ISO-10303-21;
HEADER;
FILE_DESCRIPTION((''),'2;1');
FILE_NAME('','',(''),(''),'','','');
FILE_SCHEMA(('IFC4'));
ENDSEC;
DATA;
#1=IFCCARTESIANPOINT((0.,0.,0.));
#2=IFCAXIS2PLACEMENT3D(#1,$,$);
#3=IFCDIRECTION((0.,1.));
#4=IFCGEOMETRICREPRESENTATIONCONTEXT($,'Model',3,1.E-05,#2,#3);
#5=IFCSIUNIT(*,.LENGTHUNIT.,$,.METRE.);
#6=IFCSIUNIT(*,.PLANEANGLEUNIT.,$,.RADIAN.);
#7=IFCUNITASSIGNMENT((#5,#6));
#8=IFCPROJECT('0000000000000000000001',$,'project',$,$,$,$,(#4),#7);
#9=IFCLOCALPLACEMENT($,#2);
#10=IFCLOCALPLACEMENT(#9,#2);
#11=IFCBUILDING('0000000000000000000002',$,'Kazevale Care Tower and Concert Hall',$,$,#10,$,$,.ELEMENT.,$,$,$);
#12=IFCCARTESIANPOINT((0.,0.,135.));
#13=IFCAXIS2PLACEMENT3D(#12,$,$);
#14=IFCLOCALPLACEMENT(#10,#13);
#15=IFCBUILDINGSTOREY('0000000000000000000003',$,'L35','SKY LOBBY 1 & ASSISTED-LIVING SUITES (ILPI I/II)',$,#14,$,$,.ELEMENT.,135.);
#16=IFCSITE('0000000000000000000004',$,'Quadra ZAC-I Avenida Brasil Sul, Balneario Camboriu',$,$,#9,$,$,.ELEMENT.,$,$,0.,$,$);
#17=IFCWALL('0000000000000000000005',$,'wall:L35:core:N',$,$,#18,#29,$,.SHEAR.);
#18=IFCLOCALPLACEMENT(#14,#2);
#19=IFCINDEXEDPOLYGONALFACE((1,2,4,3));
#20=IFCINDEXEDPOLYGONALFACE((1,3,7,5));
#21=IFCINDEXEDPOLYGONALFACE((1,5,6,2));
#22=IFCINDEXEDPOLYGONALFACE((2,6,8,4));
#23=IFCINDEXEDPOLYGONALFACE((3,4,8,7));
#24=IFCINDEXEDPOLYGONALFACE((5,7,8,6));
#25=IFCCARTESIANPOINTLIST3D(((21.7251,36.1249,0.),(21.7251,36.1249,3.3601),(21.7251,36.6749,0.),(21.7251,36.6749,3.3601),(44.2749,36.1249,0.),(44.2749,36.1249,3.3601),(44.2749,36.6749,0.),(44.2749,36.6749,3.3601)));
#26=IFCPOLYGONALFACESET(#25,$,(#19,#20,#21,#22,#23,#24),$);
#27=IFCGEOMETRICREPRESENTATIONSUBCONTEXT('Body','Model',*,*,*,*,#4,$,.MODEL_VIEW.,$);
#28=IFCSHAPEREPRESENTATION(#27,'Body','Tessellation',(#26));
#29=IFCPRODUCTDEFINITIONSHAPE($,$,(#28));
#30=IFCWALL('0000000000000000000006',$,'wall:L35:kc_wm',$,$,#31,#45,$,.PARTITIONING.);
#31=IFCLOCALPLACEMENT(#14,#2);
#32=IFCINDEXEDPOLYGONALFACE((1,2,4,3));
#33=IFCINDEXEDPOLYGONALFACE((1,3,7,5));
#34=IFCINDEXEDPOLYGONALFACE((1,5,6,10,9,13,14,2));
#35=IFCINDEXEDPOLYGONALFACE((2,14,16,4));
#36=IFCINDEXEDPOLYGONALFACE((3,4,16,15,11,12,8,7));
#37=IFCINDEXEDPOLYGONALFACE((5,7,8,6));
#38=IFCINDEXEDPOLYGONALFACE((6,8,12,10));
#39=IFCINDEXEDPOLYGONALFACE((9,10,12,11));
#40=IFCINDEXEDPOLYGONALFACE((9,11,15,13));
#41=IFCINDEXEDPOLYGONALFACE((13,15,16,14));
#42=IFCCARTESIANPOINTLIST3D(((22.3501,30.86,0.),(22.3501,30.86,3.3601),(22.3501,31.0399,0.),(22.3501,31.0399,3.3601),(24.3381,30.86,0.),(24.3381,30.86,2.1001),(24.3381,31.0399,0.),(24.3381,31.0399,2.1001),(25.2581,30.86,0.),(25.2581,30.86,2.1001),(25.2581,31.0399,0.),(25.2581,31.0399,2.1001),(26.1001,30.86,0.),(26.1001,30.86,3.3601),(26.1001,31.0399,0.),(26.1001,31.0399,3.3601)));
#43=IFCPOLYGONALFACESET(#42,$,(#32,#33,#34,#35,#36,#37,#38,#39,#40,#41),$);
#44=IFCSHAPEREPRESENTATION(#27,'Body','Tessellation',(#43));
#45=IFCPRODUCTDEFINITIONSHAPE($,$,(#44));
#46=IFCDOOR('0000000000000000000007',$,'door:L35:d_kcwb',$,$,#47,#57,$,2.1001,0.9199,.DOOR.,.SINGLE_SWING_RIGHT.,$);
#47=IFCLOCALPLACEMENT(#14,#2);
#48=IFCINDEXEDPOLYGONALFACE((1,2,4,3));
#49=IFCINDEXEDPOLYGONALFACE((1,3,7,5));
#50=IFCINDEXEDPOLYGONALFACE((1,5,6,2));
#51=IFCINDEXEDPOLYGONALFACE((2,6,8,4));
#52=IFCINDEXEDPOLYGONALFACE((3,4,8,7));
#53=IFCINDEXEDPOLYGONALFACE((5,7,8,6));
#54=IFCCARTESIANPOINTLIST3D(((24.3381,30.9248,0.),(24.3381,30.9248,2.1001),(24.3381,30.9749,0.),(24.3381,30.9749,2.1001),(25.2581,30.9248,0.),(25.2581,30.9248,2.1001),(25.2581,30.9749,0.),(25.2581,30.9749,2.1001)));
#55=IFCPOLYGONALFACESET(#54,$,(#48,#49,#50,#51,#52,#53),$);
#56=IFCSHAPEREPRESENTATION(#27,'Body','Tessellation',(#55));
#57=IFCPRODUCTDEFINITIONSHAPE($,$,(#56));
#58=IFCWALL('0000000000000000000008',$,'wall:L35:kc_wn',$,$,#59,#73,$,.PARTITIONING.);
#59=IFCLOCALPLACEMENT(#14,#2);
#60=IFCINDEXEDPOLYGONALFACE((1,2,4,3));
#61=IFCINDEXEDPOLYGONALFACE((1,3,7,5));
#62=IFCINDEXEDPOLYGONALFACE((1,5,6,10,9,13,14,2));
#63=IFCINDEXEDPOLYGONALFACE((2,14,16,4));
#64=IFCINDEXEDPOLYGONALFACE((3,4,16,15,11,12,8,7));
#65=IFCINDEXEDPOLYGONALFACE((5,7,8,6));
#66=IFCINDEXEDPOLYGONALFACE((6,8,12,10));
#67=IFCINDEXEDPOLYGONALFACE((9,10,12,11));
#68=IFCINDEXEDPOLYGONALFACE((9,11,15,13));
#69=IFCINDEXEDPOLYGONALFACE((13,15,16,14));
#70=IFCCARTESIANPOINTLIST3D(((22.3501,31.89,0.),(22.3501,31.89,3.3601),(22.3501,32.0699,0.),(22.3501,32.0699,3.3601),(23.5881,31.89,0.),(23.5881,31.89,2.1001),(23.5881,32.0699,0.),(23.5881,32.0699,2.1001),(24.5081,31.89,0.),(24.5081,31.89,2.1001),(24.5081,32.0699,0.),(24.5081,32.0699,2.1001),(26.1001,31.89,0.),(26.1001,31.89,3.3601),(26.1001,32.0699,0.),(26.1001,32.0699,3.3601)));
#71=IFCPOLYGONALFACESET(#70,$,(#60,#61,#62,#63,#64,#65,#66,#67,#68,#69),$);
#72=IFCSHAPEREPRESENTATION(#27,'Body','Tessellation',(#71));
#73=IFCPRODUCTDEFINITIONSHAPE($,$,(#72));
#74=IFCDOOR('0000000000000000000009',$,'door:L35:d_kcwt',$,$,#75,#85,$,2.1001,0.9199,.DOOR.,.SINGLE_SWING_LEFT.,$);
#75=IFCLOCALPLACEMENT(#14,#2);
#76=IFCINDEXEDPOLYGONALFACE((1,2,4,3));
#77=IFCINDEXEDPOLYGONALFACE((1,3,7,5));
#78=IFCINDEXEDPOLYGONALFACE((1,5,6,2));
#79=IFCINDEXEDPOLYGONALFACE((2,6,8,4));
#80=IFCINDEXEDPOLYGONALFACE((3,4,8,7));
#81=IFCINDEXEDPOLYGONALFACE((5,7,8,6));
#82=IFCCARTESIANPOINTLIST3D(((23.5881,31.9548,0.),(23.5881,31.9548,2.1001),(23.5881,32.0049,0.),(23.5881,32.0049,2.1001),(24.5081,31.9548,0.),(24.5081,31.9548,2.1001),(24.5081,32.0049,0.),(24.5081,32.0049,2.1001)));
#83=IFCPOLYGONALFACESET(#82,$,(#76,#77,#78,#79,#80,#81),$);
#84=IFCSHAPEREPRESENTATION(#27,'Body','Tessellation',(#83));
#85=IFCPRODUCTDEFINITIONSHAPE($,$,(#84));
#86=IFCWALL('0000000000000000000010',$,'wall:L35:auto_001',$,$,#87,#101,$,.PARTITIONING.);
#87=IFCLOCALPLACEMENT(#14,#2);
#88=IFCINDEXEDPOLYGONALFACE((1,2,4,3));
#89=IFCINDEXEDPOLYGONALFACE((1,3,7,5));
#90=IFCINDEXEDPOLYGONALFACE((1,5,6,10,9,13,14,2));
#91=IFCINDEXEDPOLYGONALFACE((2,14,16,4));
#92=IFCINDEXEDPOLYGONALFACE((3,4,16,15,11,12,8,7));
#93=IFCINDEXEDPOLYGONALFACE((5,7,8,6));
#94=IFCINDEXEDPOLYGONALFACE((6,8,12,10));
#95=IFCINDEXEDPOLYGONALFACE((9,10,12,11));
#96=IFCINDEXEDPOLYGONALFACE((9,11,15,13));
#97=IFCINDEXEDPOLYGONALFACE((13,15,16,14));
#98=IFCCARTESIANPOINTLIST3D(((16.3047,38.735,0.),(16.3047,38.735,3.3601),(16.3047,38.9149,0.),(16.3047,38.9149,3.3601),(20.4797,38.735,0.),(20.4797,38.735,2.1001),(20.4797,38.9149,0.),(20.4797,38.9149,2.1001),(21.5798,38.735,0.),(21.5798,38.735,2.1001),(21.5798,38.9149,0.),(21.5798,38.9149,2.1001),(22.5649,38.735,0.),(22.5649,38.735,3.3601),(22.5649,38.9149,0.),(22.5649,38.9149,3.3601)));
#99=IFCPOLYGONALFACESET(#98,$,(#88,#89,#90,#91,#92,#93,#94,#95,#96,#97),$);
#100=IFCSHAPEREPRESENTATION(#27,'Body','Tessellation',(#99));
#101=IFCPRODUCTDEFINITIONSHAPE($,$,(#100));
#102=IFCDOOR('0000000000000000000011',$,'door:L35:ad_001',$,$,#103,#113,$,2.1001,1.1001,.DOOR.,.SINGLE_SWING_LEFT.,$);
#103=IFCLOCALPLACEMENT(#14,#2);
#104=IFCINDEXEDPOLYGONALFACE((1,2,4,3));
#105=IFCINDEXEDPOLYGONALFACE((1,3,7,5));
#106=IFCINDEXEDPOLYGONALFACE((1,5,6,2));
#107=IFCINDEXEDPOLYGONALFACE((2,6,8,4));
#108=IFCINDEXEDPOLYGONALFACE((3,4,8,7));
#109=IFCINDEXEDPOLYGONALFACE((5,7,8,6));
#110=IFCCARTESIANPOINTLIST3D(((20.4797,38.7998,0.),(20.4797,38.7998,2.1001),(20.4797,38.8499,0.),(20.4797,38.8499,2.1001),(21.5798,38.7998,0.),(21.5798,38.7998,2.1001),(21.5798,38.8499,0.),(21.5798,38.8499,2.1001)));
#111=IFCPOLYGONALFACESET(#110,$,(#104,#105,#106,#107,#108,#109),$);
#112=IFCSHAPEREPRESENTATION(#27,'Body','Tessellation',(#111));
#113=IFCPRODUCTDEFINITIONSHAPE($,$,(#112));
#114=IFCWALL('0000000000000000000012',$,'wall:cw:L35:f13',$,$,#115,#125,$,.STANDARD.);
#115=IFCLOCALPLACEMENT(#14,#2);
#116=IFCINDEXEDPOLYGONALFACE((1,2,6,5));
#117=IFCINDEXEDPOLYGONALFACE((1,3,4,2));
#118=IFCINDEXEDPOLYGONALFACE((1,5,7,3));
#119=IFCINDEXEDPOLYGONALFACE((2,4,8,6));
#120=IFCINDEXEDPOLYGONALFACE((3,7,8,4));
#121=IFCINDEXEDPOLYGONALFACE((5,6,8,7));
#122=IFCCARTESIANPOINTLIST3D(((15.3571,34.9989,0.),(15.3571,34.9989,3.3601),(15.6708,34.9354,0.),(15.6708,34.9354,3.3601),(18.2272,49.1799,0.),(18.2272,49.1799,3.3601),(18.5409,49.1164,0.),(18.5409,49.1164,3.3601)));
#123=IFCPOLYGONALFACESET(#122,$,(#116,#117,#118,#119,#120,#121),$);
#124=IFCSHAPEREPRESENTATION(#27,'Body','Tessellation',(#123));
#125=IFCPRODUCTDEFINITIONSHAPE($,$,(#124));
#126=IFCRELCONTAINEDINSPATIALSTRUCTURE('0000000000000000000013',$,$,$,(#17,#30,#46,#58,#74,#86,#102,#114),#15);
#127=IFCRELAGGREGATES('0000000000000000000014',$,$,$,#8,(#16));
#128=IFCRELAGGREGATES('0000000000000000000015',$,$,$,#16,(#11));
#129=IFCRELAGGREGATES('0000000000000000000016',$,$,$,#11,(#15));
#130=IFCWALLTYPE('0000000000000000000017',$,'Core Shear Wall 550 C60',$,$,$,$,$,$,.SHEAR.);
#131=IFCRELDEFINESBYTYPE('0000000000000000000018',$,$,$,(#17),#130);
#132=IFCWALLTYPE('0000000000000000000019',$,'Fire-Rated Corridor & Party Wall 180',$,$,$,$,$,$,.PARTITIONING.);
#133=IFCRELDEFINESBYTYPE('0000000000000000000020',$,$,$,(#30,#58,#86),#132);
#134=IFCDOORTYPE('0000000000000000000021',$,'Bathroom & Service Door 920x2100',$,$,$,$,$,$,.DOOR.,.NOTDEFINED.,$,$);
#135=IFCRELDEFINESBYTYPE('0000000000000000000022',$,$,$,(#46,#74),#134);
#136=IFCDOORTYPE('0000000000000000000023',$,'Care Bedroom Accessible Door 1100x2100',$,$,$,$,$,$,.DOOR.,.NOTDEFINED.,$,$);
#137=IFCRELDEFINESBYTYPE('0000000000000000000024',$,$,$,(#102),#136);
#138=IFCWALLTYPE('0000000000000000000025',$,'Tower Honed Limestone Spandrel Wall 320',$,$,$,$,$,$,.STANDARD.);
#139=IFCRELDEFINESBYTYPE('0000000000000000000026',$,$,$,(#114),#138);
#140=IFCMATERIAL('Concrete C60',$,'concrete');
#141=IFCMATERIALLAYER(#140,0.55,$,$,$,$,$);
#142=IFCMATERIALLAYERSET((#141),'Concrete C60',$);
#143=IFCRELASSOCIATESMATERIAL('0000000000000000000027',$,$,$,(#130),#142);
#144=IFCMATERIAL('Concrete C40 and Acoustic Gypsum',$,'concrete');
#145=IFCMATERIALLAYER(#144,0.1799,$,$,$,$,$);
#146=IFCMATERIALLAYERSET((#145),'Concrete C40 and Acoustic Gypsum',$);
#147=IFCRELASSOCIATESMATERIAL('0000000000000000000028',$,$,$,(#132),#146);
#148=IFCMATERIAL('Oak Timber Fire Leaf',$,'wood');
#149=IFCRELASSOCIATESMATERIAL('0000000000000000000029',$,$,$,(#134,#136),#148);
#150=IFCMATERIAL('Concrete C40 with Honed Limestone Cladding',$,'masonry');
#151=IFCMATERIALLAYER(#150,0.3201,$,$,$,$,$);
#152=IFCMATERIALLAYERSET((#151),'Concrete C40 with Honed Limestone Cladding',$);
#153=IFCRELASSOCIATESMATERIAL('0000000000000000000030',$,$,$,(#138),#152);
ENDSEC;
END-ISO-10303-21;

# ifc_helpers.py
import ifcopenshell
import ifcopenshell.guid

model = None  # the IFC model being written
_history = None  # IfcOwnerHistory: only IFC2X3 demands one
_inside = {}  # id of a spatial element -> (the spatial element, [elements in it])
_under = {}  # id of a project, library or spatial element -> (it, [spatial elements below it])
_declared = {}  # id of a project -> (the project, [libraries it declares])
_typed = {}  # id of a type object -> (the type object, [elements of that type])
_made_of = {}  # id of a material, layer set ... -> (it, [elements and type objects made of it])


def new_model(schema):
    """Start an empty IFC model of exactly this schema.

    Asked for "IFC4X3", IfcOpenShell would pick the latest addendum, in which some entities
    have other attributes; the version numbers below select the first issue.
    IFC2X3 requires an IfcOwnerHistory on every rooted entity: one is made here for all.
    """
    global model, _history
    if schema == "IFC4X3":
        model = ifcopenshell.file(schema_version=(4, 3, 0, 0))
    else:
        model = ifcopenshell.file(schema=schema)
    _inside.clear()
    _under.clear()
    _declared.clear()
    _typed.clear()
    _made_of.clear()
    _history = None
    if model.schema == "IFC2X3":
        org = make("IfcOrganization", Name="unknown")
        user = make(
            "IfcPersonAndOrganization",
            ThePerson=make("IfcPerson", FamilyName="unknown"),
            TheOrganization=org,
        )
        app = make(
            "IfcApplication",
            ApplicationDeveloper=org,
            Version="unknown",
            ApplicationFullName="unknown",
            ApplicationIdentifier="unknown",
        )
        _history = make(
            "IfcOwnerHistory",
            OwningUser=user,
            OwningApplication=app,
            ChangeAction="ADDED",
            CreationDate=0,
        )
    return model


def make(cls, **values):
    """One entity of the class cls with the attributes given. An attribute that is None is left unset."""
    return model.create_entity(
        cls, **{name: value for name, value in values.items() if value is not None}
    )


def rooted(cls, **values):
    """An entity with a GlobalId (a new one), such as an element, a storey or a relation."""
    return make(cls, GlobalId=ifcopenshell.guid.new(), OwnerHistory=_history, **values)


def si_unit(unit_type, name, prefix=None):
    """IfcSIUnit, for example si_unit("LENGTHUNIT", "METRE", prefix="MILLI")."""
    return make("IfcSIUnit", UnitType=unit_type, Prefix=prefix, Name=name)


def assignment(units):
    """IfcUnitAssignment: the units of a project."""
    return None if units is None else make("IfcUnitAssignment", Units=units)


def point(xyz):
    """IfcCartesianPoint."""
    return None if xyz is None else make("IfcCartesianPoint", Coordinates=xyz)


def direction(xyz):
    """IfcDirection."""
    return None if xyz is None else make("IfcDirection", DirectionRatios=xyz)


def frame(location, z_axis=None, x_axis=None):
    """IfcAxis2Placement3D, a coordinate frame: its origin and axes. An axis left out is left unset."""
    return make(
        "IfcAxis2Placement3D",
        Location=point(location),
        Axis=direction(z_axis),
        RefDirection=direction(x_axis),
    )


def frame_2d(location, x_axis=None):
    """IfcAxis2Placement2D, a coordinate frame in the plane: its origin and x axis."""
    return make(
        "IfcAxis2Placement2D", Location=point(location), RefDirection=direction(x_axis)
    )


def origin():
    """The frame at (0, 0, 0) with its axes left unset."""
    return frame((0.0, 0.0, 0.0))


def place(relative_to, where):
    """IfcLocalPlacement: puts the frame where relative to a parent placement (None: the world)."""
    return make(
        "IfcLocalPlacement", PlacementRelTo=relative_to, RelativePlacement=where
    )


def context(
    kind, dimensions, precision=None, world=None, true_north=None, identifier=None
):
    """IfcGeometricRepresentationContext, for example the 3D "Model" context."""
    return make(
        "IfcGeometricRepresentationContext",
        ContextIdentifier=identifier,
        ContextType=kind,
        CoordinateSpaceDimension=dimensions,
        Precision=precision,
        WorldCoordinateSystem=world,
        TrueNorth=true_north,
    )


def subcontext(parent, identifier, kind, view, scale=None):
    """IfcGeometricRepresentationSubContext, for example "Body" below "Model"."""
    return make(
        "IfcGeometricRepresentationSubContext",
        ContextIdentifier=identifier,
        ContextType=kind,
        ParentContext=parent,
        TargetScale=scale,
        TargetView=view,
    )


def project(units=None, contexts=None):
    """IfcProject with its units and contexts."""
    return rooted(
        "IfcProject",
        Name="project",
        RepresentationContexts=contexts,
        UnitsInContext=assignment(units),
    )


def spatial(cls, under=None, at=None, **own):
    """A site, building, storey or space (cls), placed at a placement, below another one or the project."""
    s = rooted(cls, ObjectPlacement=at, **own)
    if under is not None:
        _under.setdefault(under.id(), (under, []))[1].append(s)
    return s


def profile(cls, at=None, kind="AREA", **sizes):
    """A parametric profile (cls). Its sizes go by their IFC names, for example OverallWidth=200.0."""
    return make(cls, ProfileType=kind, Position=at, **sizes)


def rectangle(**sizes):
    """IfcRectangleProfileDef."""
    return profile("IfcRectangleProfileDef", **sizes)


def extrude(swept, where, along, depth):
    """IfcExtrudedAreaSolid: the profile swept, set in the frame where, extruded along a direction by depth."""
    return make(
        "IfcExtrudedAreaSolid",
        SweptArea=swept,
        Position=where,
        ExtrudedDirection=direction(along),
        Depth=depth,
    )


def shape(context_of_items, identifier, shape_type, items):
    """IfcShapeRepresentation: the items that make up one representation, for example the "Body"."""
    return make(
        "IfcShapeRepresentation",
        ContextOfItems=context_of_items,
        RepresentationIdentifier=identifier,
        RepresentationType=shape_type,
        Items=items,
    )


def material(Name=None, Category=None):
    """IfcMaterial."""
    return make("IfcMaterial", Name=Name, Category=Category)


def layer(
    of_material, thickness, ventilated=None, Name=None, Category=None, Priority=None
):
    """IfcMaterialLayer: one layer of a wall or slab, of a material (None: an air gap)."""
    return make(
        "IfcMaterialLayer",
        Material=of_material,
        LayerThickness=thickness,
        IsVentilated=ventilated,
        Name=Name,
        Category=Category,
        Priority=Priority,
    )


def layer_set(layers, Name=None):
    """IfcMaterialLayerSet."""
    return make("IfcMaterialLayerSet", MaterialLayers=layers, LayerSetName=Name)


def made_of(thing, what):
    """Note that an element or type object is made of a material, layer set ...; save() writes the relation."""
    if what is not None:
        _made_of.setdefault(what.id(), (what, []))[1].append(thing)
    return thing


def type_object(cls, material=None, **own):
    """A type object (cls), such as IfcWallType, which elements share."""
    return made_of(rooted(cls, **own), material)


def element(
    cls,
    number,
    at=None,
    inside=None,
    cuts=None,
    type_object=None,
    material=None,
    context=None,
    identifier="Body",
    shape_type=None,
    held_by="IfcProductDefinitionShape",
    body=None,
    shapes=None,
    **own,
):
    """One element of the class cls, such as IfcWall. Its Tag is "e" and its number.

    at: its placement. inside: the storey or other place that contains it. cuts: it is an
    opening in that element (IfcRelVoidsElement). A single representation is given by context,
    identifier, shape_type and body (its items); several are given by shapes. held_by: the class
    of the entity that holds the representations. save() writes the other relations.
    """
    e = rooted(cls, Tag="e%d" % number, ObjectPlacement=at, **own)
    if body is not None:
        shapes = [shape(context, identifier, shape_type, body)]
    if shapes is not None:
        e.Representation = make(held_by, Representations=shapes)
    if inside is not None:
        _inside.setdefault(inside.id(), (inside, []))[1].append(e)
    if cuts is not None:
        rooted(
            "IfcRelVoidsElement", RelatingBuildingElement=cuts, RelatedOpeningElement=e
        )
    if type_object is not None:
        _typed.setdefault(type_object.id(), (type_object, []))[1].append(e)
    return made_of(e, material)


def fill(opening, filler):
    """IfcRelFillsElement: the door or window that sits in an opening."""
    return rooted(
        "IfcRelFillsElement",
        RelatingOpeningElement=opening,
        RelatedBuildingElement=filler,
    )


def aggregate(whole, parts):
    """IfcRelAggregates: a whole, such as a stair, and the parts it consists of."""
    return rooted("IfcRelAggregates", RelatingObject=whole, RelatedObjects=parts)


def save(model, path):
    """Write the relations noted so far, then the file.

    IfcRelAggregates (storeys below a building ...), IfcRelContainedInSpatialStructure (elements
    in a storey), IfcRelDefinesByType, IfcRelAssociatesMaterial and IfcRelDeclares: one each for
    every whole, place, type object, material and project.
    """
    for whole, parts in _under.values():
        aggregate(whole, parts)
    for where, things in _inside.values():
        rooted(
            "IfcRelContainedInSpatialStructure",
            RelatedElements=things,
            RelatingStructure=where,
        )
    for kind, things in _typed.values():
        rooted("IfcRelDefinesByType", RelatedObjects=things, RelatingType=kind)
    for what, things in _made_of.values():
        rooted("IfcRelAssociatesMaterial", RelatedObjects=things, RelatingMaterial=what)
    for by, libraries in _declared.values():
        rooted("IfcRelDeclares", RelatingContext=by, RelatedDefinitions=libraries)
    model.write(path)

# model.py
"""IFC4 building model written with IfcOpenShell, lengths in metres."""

from ifc_helpers import new_model, si_unit, direction, frame, frame_2d, origin, place, context, subcontext, project, spatial, rectangle, extrude, material, layer, layer_set, type_object, element, fill, save


model = new_model("IFC4")

# Units and contexts
model_context = context("Model", 3, precision=1e-05, world=origin(), true_north=direction((0.0, 1.0)))
body_context = subcontext(model_context, "Body", "Model", "MODEL_VIEW")
ifc_project = project(units=[si_unit("LENGTHUNIT", "METRE"), si_unit("PLANEANGLEUNIT", "RADIAN")], contexts=[model_context])

# Site, building, storey
site_placement = place(None, origin())
site = spatial("IfcSite", under=ifc_project, at=site_placement, Name="Quadra ZAC-I Avenida Brasil Sul, Balneario Camboriu", CompositionType="ELEMENT", RefElevation=0.0)
building_placement = place(site_placement, origin())
building = spatial("IfcBuilding", under=site, at=building_placement, Name="Kazevale Care Tower and Concert Hall", CompositionType="ELEMENT")
storey_placement = place(building_placement, frame((0.0, 0.0, 135.0)))
storey = spatial("IfcBuildingStorey", under=building, at=storey_placement, Name="L35", Description="SKY LOBBY 1 & ASSISTED-LIVING SUITES (ILPI I/II)", CompositionType="ELEMENT", Elevation=135.0)

# Shared definitions
ifc_material_1 = material(Name="Concrete C60", Category="concrete")

# Wall
ifc_layer_1 = layer(ifc_material_1, 0.55)
ifc_layer_set_1 = layer_set([ifc_layer_1], Name="Concrete C60")
wall_type_1 = type_object("IfcWallType", Name="Core Shear Wall 550 C60", PredefinedType="SHEAR", material=ifc_layer_set_1)
wall_1_placement = place(storey_placement, frame((21.7251, 36.3999, 0.0), z_axis=(0.0, 0.0, 1.0), x_axis=(1.0, 0.0, 0.0)))
element("IfcWall", 1, at=wall_1_placement, inside=storey, type_object=wall_type_1, Name="wall:L35:core:N", PredefinedType="SHEAR", context=body_context, shape_type="SweptSolid", body=[
    extrude(rectangle(XDim=22.5498, YDim=0.55, at=frame_2d((11.2749, 0.0))), origin(), (0.0, 0.0, 1.0), 3.3601),
])

# Walls, openings, doors
ifc_material_2 = material(Name="Concrete C40 and Acoustic Gypsum", Category="concrete")
ifc_layer_2 = layer(ifc_material_2, 0.1799)
ifc_layer_set_2 = layer_set([ifc_layer_2], Name="Concrete C40 and Acoustic Gypsum")
wall_type_2 = type_object("IfcWallType", Name="Fire-Rated Corridor & Party Wall 180", PredefinedType="PARTITIONING", material=ifc_layer_set_2)
wall_2_placement = place(storey_placement, frame((22.3501, 30.95, 0.0), z_axis=(0.0, 0.0, 1.0), x_axis=(1.0, 0.0, 0.0)))
wall_2 = element("IfcWall", 2, at=wall_2_placement, inside=storey, type_object=wall_type_2, Name="wall:L35:kc_wm", PredefinedType="PARTITIONING", context=body_context, shape_type="SweptSolid", body=[
    extrude(rectangle(XDim=3.75, YDim=0.1799, at=frame_2d((1.875, 0.0))), origin(), (0.0, 0.0, 1.0), 3.3601),
])
opening_1_placement = place(wall_2_placement, frame((1.988, 0.0, 0.0)))
opening_1 = element("IfcOpeningElement", 3, at=opening_1_placement, cuts=wall_2, PredefinedType="OPENING", context=body_context, shape_type="SweptSolid", body=[
    extrude(rectangle(XDim=0.9199, YDim=2.1001, at=frame_2d((0.46, 1.05))), frame((0.0, 0.0999, 0.0), z_axis=(0.0, -1.0, 0.0), x_axis=(1.0, 0.0, 0.0)), (0.0, 0.0, 1.0), 0.2),
])
ifc_material_3 = material(Name="Oak Timber Fire Leaf", Category="wood")
door_type_1 = type_object("IfcDoorType", Name="Bathroom & Service Door 920x2100", OperationType="NOTDEFINED", PredefinedType="DOOR", material=ifc_material_3)
door_1_placement = place(opening_1_placement, origin())
door_1 = element("IfcDoor", 4, at=door_1_placement, inside=storey, type_object=door_type_1, Name="door:L35:d_kcwb", OperationType="SINGLE_SWING_RIGHT", OverallHeight=2.1001, OverallWidth=0.9199, PredefinedType="DOOR", context=body_context, shape_type="SweptSolid", body=[
    extrude(rectangle(XDim=0.9199, YDim=2.1001, at=frame_2d((0.46, 1.05))), frame((0.0, 0.0249, 0.0), z_axis=(0.0, -1.0, 0.0), x_axis=(1.0, 0.0, 0.0)), (0.0, 0.0, 1.0), 0.05),
])
fill(opening_1, door_1)
wall_3_placement = place(storey_placement, frame((22.3501, 31.98, 0.0), z_axis=(0.0, 0.0, 1.0), x_axis=(1.0, 0.0, 0.0)))
wall_3 = element("IfcWall", 5, at=wall_3_placement, inside=storey, type_object=wall_type_2, Name="wall:L35:kc_wn", PredefinedType="PARTITIONING", context=body_context, shape_type="SweptSolid", body=[
    extrude(rectangle(XDim=3.75, YDim=0.1799, at=frame_2d((1.875, 0.0))), origin(), (0.0, 0.0, 1.0), 3.3601),
])
opening_2_placement = place(wall_3_placement, frame((1.238, 0.0, 0.0)))
opening_2 = element("IfcOpeningElement", 6, at=opening_2_placement, cuts=wall_3, PredefinedType="OPENING", context=body_context, shape_type="SweptSolid", body=[
    extrude(rectangle(XDim=0.9199, YDim=2.1001, at=frame_2d((0.46, 1.05))), frame((0.0, 0.0999, 0.0), z_axis=(0.0, -1.0, 0.0), x_axis=(1.0, 0.0, 0.0)), (0.0, 0.0, 1.0), 0.2),
])
door_2_placement = place(opening_2_placement, origin())
door_2 = element("IfcDoor", 7, at=door_2_placement, inside=storey, type_object=door_type_1, Name="door:L35:d_kcwt", OperationType="SINGLE_SWING_LEFT", OverallHeight=2.1001, OverallWidth=0.9199, PredefinedType="DOOR", context=body_context, shape_type="SweptSolid", body=[
    extrude(rectangle(XDim=0.9199, YDim=2.1001, at=frame_2d((0.46, 1.05))), frame((0.0, 0.0249, 0.0), z_axis=(0.0, -1.0, 0.0), x_axis=(1.0, 0.0, 0.0)), (0.0, 0.0, 1.0), 0.05),
])
fill(opening_2, door_2)
wall_4_placement = place(storey_placement, frame((16.3047, 38.825, 0.0), z_axis=(0.0, 0.0, 1.0), x_axis=(1.0, 0.0, 0.0)))
wall_4 = element("IfcWall", 8, at=wall_4_placement, inside=storey, type_object=wall_type_2, Name="wall:L35:auto_001", PredefinedType="PARTITIONING", context=body_context, shape_type="SweptSolid", body=[
    extrude(rectangle(XDim=6.2603, YDim=0.1799, at=frame_2d((3.1301, 0.0))), origin(), (0.0, 0.0, 1.0), 3.3601),
])
opening_3_placement = place(wall_4_placement, frame((4.175, 0.0, 0.0)))
opening_3 = element("IfcOpeningElement", 9, at=opening_3_placement, cuts=wall_4, PredefinedType="OPENING", context=body_context, shape_type="SweptSolid", body=[
    extrude(rectangle(XDim=1.1001, YDim=2.1001, at=frame_2d((0.55, 1.05))), frame((0.0, 0.0999, 0.0), z_axis=(0.0, -1.0, 0.0), x_axis=(1.0, 0.0, 0.0)), (0.0, 0.0, 1.0), 0.2),
])
door_type_2 = type_object("IfcDoorType", Name="Care Bedroom Accessible Door 1100x2100", OperationType="NOTDEFINED", PredefinedType="DOOR", material=ifc_material_3)
door_3_placement = place(opening_3_placement, origin())
door_3 = element("IfcDoor", 10, at=door_3_placement, inside=storey, type_object=door_type_2, Name="door:L35:ad_001", OperationType="SINGLE_SWING_LEFT", OverallHeight=2.1001, OverallWidth=1.1001, PredefinedType="DOOR", context=body_context, shape_type="SweptSolid", body=[
    extrude(rectangle(XDim=1.1001, YDim=2.1001, at=frame_2d((0.55, 1.05))), frame((0.0, 0.0249, 0.0), z_axis=(0.0, -1.0, 0.0), x_axis=(1.0, 0.0, 0.0)), (0.0, 0.0, 1.0), 0.05),
])
fill(opening_3, door_3)

# Wall
ifc_material_4 = material(Name="Concrete C40 with Honed Limestone Cladding", Category="masonry")
ifc_layer_3 = layer(ifc_material_4, 0.3201)
ifc_layer_set_3 = layer_set([ifc_layer_3], Name="Concrete C40 with Honed Limestone Cladding")
wall_type_3 = type_object("IfcWallType", Name="Tower Honed Limestone Spandrel Wall 320", PredefinedType="STANDARD", material=ifc_layer_set_3)
wall_5_placement = place(storey_placement, frame((15.5139, 34.967, 0.0), z_axis=(0.0, 0.0, 1.0), x_axis=(0.198371, 0.980127, 0.0)))
element("IfcWall", 11, at=wall_5_placement, inside=storey, type_object=wall_type_3, Name="wall:cw:L35:f13", PredefinedType="STANDARD", context=body_context, shape_type="SweptSolid", body=[
    extrude(rectangle(XDim=14.4685, YDim=0.3201, at=frame_2d((7.2344, 0.0))), origin(), (0.0, 0.0, 1.0), 3.3601),
])

save(model, "model.ifc")
